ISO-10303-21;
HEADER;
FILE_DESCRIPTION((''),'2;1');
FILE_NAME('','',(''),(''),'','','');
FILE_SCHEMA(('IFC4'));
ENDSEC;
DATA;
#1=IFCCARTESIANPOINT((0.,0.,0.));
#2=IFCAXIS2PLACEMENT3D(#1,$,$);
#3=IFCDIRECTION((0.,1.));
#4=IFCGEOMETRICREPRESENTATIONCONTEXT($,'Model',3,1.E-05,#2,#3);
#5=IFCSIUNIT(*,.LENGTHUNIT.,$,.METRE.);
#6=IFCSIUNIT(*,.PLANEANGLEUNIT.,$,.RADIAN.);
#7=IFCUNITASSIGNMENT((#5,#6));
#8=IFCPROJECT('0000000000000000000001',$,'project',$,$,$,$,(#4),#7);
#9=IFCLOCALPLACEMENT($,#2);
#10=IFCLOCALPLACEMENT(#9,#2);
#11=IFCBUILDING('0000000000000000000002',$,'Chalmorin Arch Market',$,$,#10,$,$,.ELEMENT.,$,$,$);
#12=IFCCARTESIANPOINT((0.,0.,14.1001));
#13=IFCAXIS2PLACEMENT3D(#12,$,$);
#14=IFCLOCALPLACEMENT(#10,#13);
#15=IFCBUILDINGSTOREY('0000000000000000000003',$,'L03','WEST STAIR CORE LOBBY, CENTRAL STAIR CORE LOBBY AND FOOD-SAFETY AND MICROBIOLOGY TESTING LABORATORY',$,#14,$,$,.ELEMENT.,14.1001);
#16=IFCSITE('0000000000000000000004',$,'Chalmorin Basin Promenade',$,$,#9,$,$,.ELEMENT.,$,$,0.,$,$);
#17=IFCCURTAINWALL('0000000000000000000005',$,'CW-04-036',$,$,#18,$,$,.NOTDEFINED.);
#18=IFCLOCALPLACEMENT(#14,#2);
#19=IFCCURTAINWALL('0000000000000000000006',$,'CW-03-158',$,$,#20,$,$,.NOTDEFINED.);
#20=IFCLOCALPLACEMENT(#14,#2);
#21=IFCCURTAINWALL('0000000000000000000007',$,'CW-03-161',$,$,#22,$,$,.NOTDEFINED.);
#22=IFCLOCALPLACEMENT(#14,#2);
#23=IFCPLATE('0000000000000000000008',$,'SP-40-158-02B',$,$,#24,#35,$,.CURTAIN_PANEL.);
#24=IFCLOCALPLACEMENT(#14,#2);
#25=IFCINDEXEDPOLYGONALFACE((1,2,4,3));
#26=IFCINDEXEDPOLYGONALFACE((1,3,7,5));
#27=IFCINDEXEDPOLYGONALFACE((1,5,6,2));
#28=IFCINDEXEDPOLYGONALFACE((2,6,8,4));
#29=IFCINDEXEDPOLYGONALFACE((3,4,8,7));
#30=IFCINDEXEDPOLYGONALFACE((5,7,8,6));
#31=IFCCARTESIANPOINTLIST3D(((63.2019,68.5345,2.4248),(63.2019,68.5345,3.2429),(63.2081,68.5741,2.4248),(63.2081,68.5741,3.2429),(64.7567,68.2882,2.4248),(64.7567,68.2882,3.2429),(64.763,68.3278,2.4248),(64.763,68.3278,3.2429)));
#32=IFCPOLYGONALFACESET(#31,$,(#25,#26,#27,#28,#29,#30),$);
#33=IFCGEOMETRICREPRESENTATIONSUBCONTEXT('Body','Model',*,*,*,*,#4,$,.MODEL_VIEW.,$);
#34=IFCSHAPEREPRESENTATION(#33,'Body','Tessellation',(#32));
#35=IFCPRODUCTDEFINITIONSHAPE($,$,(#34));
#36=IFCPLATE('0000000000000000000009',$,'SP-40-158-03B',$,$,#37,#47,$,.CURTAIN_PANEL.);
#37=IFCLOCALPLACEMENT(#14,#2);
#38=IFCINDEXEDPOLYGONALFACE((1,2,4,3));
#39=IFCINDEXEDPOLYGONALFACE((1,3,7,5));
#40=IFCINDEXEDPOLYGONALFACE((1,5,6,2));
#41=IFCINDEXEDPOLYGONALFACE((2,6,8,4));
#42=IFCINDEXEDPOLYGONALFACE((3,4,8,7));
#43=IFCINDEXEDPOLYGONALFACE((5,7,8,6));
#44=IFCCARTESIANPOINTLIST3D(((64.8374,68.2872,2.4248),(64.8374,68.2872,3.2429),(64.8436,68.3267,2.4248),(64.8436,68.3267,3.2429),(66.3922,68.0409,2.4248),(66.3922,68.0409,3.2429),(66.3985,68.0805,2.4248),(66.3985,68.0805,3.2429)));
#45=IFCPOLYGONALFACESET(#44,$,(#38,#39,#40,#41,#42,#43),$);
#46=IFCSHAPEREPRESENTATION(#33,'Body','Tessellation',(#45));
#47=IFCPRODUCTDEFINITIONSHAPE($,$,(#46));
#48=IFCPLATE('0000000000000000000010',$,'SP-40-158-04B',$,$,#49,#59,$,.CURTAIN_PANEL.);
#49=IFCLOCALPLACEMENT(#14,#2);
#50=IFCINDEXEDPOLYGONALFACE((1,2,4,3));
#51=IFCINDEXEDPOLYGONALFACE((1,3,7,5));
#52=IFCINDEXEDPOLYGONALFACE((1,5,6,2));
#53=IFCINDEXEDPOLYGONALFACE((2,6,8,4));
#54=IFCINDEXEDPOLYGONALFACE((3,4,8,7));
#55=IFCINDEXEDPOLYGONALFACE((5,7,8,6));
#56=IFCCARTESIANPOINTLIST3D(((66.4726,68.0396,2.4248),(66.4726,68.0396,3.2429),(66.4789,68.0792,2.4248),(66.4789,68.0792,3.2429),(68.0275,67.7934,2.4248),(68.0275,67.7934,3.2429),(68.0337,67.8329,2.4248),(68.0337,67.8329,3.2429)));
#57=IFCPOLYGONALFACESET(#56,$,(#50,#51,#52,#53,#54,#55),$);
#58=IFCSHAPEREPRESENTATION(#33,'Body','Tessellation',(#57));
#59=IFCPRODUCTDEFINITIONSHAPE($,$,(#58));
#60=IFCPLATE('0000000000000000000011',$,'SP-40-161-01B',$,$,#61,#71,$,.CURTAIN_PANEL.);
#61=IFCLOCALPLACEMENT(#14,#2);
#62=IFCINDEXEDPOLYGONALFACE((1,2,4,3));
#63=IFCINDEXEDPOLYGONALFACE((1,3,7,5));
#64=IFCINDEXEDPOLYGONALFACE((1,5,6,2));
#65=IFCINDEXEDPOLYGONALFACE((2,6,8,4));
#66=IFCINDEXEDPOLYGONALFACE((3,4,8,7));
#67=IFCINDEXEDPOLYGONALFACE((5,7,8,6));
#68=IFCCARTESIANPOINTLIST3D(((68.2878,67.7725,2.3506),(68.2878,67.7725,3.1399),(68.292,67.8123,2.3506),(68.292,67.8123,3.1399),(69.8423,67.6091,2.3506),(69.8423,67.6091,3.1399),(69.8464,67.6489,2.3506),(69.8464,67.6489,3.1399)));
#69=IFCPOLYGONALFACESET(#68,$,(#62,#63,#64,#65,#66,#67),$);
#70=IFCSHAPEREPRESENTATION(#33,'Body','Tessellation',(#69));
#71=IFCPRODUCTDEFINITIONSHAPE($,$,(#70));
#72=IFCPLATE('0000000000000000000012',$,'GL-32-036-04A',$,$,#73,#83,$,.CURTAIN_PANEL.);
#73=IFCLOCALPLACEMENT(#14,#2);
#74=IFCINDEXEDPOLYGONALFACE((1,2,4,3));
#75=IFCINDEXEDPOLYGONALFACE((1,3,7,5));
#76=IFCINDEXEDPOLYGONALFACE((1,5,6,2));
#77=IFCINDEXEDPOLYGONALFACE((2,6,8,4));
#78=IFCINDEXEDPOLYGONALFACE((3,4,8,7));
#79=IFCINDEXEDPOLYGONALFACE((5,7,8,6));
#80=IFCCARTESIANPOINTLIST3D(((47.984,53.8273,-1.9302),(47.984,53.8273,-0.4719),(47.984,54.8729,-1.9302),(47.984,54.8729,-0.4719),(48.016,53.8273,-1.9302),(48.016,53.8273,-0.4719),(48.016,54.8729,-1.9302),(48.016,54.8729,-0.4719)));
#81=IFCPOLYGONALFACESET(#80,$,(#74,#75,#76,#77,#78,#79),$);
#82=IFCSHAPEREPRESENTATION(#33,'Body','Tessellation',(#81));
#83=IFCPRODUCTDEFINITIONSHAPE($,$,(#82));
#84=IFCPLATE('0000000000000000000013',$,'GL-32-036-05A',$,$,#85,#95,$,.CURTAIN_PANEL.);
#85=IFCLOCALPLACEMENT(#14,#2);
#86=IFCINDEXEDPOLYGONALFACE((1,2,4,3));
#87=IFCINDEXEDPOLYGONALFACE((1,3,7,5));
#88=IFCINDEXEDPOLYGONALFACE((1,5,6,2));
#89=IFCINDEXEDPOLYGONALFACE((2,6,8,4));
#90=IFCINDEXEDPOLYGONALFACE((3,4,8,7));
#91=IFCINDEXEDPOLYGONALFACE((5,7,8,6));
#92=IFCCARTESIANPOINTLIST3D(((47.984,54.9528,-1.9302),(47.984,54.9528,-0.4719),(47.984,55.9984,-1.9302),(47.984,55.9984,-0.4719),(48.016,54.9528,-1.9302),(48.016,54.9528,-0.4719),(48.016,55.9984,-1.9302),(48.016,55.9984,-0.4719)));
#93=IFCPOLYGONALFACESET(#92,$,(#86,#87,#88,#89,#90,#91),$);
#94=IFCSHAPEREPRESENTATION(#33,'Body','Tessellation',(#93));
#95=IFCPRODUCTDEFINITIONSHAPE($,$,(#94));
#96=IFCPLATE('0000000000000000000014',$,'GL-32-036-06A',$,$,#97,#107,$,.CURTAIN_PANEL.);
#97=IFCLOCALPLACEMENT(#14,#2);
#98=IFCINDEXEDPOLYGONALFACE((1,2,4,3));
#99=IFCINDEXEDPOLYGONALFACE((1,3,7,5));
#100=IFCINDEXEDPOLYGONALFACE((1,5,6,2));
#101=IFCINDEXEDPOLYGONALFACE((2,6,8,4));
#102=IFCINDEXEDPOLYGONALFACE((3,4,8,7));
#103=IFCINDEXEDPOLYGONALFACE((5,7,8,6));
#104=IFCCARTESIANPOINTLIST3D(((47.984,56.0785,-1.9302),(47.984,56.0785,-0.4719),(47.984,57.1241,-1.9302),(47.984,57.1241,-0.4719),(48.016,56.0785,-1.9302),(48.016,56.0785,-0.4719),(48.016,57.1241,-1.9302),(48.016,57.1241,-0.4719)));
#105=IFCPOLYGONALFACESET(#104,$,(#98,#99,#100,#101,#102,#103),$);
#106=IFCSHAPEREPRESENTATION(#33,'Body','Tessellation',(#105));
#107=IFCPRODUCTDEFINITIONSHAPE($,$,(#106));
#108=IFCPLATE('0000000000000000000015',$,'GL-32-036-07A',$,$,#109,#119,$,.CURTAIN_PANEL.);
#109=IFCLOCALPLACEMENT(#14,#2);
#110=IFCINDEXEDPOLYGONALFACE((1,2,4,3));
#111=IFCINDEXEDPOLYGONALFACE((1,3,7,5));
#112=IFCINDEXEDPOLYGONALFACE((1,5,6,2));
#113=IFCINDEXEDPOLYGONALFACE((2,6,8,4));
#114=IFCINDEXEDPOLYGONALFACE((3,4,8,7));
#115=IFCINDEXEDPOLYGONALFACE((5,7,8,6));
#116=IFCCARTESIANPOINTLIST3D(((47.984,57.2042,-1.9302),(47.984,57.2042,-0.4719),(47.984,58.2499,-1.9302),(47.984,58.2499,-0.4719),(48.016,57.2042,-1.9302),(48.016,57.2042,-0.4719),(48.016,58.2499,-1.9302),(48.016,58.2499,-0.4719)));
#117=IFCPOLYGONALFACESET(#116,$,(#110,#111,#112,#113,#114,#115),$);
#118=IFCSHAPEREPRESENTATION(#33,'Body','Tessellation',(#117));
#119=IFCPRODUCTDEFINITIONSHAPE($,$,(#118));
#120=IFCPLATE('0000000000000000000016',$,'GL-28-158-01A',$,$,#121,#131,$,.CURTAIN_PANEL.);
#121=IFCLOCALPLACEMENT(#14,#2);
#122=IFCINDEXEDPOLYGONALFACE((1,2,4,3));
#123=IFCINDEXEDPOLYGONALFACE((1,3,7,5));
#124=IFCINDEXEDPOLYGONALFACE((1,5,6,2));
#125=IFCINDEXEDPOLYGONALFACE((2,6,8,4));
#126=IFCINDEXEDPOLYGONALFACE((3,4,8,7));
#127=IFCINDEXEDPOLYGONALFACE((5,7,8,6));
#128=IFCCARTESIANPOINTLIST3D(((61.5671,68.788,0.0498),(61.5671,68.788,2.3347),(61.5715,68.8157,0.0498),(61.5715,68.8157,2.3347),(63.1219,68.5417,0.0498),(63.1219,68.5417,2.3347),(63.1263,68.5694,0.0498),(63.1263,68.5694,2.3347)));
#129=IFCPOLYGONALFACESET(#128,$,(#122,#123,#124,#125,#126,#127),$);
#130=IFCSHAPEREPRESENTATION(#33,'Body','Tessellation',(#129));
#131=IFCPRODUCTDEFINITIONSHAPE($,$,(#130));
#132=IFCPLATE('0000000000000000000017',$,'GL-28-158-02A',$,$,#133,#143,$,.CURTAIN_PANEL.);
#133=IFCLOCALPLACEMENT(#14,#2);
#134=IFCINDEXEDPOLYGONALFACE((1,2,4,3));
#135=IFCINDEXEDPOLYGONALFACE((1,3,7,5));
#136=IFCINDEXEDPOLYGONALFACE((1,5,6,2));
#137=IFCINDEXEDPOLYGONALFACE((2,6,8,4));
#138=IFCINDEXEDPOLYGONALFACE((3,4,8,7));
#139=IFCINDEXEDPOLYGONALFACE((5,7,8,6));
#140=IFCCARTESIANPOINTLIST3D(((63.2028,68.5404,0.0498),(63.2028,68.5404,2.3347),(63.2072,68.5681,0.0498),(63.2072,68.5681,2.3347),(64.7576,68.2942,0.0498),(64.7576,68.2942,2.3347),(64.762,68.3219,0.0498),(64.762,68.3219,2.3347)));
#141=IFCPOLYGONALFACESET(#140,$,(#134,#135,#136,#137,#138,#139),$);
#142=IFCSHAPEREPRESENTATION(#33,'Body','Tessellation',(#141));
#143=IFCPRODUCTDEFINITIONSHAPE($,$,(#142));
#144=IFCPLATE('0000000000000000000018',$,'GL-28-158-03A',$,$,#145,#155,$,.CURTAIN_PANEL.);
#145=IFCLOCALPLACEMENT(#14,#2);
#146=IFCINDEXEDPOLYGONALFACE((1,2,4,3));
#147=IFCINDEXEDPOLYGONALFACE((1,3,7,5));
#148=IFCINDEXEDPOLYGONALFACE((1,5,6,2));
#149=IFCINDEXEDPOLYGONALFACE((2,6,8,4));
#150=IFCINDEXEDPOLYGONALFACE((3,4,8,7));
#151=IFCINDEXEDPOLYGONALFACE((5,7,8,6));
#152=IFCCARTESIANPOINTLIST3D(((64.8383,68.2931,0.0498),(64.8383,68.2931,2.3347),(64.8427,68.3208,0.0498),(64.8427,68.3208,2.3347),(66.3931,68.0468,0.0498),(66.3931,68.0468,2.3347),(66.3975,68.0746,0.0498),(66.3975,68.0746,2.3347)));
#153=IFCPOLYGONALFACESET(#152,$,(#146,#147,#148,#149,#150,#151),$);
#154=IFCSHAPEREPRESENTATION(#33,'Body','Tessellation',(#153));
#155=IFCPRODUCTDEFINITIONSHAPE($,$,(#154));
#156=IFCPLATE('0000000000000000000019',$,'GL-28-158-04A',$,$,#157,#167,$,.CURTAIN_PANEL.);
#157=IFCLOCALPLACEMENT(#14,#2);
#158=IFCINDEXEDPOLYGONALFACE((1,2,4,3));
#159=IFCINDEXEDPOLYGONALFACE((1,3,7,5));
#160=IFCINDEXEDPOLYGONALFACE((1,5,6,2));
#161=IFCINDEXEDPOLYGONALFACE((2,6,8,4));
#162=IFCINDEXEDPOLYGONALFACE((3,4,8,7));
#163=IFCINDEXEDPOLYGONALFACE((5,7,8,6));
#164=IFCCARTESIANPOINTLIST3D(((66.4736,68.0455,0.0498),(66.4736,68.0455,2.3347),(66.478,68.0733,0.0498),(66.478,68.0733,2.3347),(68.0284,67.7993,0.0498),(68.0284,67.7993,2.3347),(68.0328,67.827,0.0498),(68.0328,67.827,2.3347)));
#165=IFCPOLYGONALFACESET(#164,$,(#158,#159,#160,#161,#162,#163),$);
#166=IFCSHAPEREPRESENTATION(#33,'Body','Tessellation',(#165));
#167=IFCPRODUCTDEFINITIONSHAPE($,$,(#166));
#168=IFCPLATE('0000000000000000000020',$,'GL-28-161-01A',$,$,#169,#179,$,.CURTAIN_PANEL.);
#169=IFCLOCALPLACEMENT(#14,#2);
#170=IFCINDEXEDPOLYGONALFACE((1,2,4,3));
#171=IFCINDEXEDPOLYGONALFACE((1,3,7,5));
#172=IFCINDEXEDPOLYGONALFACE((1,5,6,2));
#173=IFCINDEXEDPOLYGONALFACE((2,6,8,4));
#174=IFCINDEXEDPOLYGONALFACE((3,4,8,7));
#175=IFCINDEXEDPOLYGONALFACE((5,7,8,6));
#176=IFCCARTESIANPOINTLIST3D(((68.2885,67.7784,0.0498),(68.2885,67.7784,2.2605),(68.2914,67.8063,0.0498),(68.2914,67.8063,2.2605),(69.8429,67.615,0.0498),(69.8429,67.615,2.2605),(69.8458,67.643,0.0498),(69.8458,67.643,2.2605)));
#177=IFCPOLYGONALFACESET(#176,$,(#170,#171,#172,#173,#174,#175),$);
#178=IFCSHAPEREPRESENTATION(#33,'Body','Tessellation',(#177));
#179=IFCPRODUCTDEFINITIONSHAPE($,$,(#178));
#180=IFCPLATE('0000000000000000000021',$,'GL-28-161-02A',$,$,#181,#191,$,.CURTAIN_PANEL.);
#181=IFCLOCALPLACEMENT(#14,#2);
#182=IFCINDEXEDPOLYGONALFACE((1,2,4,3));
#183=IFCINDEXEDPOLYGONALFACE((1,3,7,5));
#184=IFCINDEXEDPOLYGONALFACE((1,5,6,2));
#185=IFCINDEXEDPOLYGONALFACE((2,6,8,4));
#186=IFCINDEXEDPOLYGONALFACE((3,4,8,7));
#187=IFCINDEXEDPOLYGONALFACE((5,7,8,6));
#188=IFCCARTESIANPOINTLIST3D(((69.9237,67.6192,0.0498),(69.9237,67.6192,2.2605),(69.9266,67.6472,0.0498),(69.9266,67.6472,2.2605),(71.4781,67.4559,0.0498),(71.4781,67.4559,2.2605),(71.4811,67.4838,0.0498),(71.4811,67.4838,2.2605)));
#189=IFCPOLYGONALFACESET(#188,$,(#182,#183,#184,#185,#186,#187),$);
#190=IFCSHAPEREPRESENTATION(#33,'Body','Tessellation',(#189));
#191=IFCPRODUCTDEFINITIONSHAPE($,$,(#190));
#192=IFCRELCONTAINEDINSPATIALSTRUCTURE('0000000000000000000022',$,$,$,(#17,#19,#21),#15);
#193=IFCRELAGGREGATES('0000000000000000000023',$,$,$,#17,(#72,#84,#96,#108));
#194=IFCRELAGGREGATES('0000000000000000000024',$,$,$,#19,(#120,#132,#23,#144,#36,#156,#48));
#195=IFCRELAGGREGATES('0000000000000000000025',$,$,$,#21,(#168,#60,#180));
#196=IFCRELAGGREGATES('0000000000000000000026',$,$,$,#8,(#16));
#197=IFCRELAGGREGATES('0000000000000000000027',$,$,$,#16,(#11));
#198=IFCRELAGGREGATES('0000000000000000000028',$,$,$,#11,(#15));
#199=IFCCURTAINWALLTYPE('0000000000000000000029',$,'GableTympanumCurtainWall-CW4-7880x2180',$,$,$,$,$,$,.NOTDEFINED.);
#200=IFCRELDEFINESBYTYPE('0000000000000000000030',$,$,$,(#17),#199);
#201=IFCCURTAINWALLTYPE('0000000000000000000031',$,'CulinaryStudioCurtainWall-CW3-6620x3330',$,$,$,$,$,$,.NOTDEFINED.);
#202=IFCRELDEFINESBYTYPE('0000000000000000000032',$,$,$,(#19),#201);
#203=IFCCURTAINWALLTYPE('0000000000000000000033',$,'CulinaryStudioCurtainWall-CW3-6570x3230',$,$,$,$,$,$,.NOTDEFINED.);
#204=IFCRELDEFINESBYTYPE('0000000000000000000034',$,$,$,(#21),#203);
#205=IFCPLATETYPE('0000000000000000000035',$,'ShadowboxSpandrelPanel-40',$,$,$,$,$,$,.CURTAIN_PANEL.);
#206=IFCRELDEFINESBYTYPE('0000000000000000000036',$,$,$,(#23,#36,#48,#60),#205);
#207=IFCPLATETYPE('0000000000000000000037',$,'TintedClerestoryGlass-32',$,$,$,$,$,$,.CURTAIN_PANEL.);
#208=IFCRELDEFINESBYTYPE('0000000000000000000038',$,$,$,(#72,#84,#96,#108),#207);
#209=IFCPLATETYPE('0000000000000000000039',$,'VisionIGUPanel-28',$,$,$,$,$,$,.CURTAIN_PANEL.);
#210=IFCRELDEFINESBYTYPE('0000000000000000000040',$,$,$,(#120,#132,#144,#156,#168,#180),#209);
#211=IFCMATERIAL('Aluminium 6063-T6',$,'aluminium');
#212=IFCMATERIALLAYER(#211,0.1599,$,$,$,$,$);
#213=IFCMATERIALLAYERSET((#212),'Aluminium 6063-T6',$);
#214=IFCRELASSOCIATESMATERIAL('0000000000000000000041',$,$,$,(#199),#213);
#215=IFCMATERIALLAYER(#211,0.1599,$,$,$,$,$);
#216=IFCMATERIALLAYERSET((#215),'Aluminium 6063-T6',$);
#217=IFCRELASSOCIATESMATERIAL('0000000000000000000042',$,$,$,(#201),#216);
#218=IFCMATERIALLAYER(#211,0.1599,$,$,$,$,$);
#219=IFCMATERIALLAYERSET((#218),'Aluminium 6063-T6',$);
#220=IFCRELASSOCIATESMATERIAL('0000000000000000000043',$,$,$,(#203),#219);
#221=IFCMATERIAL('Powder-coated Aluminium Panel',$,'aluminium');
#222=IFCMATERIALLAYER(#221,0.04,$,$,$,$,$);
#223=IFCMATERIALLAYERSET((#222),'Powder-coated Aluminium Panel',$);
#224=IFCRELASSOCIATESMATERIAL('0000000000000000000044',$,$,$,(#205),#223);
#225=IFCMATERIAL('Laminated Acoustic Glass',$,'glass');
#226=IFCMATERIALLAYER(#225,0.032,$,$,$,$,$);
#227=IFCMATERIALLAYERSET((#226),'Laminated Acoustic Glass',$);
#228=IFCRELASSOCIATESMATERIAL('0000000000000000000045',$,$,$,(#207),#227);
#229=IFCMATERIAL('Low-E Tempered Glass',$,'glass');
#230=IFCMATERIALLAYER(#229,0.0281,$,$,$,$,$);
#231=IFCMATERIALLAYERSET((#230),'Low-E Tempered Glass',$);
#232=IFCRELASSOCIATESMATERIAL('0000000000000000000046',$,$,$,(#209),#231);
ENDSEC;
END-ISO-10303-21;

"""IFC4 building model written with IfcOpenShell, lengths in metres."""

from ifc_helpers import new_model, si_unit, direction, frame, origin, origin_2d, place, context, subcontext, project, spatial, rectangle, extrude, material, layer, layer_set, type_object, element, aggregate, save


model = new_model("IFC4")

# Units and contexts
model_context = context("Model", 3, precision=1e-05, world=origin(), true_north=direction((0.0, 1.0)))
body_context = subcontext(model_context, "Body", "Model", "MODEL_VIEW")
ifc_project = project(units=[si_unit("LENGTHUNIT", "METRE"), si_unit("PLANEANGLEUNIT", "RADIAN")], contexts=[model_context])

# Site, building, storey
site_placement = place(None, origin())
site = spatial("IfcSite", under=ifc_project, at=site_placement, Name="Chalmorin Basin Promenade", CompositionType="ELEMENT", RefElevation=0.0)
building_placement = place(site_placement, origin())
building = spatial("IfcBuilding", under=site, at=building_placement, Name="Chalmorin Arch Market", CompositionType="ELEMENT")
storey_placement = place(building_placement, frame((0.0, 0.0, 14.1001)))
storey = spatial("IfcBuildingStorey", under=building, at=storey_placement, Name="L03", Description="WEST STAIR CORE LOBBY, CENTRAL STAIR CORE LOBBY AND FOOD-SAFETY AND MICROBIOLOGY TESTING LABORATORY", CompositionType="ELEMENT", Elevation=14.1001)

# Curtain walls
ifc_material_1 = material(Name="Aluminium 6063-T6", Category="aluminium")
ifc_layer_1 = layer(ifc_material_1, 0.1599)
ifc_layer_set_1 = layer_set([ifc_layer_1], Name="Aluminium 6063-T6")
curtain_wall_type_1 = type_object("IfcCurtainWallType", Name="GableTympanumCurtainWall-CW4-7880x2180", PredefinedType="NOTDEFINED", material=ifc_layer_set_1)
curtain_wall_1_placement = place(storey_placement, origin())
curtain_wall_1 = element("IfcCurtainWall", 1, at=curtain_wall_1_placement, inside=storey, type_object=curtain_wall_type_1, Name="CW-04-036", PredefinedType="NOTDEFINED")
ifc_layer_2 = layer(ifc_material_1, 0.1599)
ifc_layer_set_2 = layer_set([ifc_layer_2], Name="Aluminium 6063-T6")
curtain_wall_type_2 = type_object("IfcCurtainWallType", Name="CulinaryStudioCurtainWall-CW3-6620x3330", PredefinedType="NOTDEFINED", material=ifc_layer_set_2)
curtain_wall_2_placement = place(storey_placement, origin())
curtain_wall_2 = element("IfcCurtainWall", 2, at=curtain_wall_2_placement, inside=storey, type_object=curtain_wall_type_2, Name="CW-03-158", PredefinedType="NOTDEFINED")
ifc_layer_3 = layer(ifc_material_1, 0.1599)
ifc_layer_set_3 = layer_set([ifc_layer_3], Name="Aluminium 6063-T6")
curtain_wall_type_3 = type_object("IfcCurtainWallType", Name="CulinaryStudioCurtainWall-CW3-6570x3230", PredefinedType="NOTDEFINED", material=ifc_layer_set_3)
curtain_wall_3_placement = place(storey_placement, origin())
curtain_wall_3 = element("IfcCurtainWall", 3, at=curtain_wall_3_placement, inside=storey, type_object=curtain_wall_type_3, Name="CW-03-161", PredefinedType="NOTDEFINED")

# Plates
ifc_material_2 = material(Name="Powder-coated Aluminium Panel", Category="aluminium")
ifc_layer_4 = layer(ifc_material_2, 0.04)
ifc_layer_set_4 = layer_set([ifc_layer_4], Name="Powder-coated Aluminium Panel")
plate_type_1 = type_object("IfcPlateType", Name="ShadowboxSpandrelPanel-40", PredefinedType="CURTAIN_PANEL", material=ifc_layer_set_4)
plate_1_placement = place(storey_placement, frame((63.9824, 68.4312, 2.4248), z_axis=(0.0, 0.0, 1.0), x_axis=(0.987688, -0.156434, 0.0)))
plate_1 = element("IfcPlate", 4, at=plate_1_placement, type_object=plate_type_1, Name="SP-40-158-02B", PredefinedType="CURTAIN_PANEL", context=body_context, shape_type="SweptSolid", body=[
    extrude(rectangle(XDim=1.5742, YDim=0.04, at=origin_2d()), origin(), (0.0, 0.0, 1.0), 0.8181),
])
plate_2_placement = place(storey_placement, frame((65.6179, 68.1838, 2.4248), z_axis=(0.0, 0.0, 1.0), x_axis=(0.987688, -0.156434, 0.0)))
plate_2 = element("IfcPlate", 5, at=plate_2_placement, type_object=plate_type_1, Name="SP-40-158-03B", PredefinedType="CURTAIN_PANEL", context=body_context, shape_type="SweptSolid", body=[
    extrude(rectangle(XDim=1.5742, YDim=0.04, at=origin_2d()), origin(), (0.0, 0.0, 1.0), 0.8181),
])
plate_3_placement = place(storey_placement, frame((67.2532, 67.9363, 2.4248), z_axis=(0.0, 0.0, 1.0), x_axis=(0.987688, -0.156434, 0.0)))
plate_3 = element("IfcPlate", 6, at=plate_3_placement, type_object=plate_type_1, Name="SP-40-158-04B", PredefinedType="CURTAIN_PANEL", context=body_context, shape_type="SweptSolid", body=[
    extrude(rectangle(XDim=1.5742, YDim=0.04, at=origin_2d()), origin(), (0.0, 0.0, 1.0), 0.8181),
])
plate_4_placement = place(storey_placement, frame((69.0671, 67.7107, 2.3506), z_axis=(0.0, 0.0, 1.0), x_axis=(0.994522, -0.104528, 0.0)))
plate_4 = element("IfcPlate", 7, at=plate_4_placement, type_object=plate_type_1, Name="SP-40-161-01B", PredefinedType="CURTAIN_PANEL", context=body_context, shape_type="SweptSolid", body=[
    extrude(rectangle(XDim=1.563, YDim=0.04, at=origin_2d()), origin(), (0.0, 0.0, 1.0), 0.7893),
])
ifc_material_3 = material(Name="Laminated Acoustic Glass", Category="glass")
ifc_layer_5 = layer(ifc_material_3, 0.032)
ifc_layer_set_5 = layer_set([ifc_layer_5], Name="Laminated Acoustic Glass")
plate_type_2 = type_object("IfcPlateType", Name="TintedClerestoryGlass-32", PredefinedType="CURTAIN_PANEL", material=ifc_layer_set_5)
plate_5_placement = place(storey_placement, frame((48.0, 54.3501, -1.9302), z_axis=(0.0, 0.0, 1.0), x_axis=(0.0, 1.0, 0.0)))
plate_5 = element("IfcPlate", 8, at=plate_5_placement, type_object=plate_type_2, Name="GL-32-036-04A", PredefinedType="CURTAIN_PANEL", context=body_context, shape_type="SweptSolid", body=[
    extrude(rectangle(XDim=1.0457, YDim=0.032, at=origin_2d()), origin(), (0.0, 0.0, 1.0), 1.4583),
])
plate_6_placement = place(storey_placement, frame((48.0, 55.4756, -1.9302), z_axis=(0.0, 0.0, 1.0), x_axis=(0.0, 1.0, 0.0)))
plate_6 = element("IfcPlate", 9, at=plate_6_placement, type_object=plate_type_2, Name="GL-32-036-05A", PredefinedType="CURTAIN_PANEL", context=body_context, shape_type="SweptSolid", body=[
    extrude(rectangle(XDim=1.0457, YDim=0.032, at=origin_2d()), origin(), (0.0, 0.0, 1.0), 1.4583),
])
plate_7_placement = place(storey_placement, frame((48.0, 56.6013, -1.9302), z_axis=(0.0, 0.0, 1.0), x_axis=(0.0, 1.0, 0.0)))
plate_7 = element("IfcPlate", 10, at=plate_7_placement, type_object=plate_type_2, Name="GL-32-036-06A", PredefinedType="CURTAIN_PANEL", context=body_context, shape_type="SweptSolid", body=[
    extrude(rectangle(XDim=1.0457, YDim=0.032, at=origin_2d()), origin(), (0.0, 0.0, 1.0), 1.4583),
])
plate_8_placement = place(storey_placement, frame((48.0, 57.7271, -1.9302), z_axis=(0.0, 0.0, 1.0), x_axis=(0.0, 1.0, 0.0)))
plate_8 = element("IfcPlate", 11, at=plate_8_placement, type_object=plate_type_2, Name="GL-32-036-07A", PredefinedType="CURTAIN_PANEL", context=body_context, shape_type="SweptSolid", body=[
    extrude(rectangle(XDim=1.0457, YDim=0.032, at=origin_2d()), origin(), (0.0, 0.0, 1.0), 1.4583),
])
aggregate(curtain_wall_1, [plate_5, plate_6, plate_7, plate_8])
ifc_material_4 = material(Name="Low-E Tempered Glass", Category="glass")
ifc_layer_6 = layer(ifc_material_4, 0.0281)
ifc_layer_set_6 = layer_set([ifc_layer_6], Name="Low-E Tempered Glass")
plate_type_3 = type_object("IfcPlateType", Name="VisionIGUPanel-28", PredefinedType="CURTAIN_PANEL", material=ifc_layer_set_6)
plate_9_placement = place(storey_placement, frame((62.3467, 68.6787, 0.0498), z_axis=(0.0, 0.0, 1.0), x_axis=(0.987688, -0.156434, 0.0)))
plate_9 = element("IfcPlate", 12, at=plate_9_placement, type_object=plate_type_3, Name="GL-28-158-01A", PredefinedType="CURTAIN_PANEL", context=body_context, shape_type="SweptSolid", body=[
    extrude(rectangle(XDim=1.5742, YDim=0.0281, at=origin_2d()), origin(), (0.0, 0.0, 1.0), 2.2849),
])
plate_10_placement = place(storey_placement, frame((63.9824, 68.4312, 0.0498), z_axis=(0.0, 0.0, 1.0), x_axis=(0.987688, -0.156434, 0.0)))
plate_10 = element("IfcPlate", 13, at=plate_10_placement, type_object=plate_type_3, Name="GL-28-158-02A", PredefinedType="CURTAIN_PANEL", context=body_context, shape_type="SweptSolid", body=[
    extrude(rectangle(XDim=1.5742, YDim=0.0281, at=origin_2d()), origin(), (0.0, 0.0, 1.0), 2.2849),
])
plate_11_placement = place(storey_placement, frame((65.6179, 68.1838, 0.0498), z_axis=(0.0, 0.0, 1.0), x_axis=(0.987688, -0.156434, 0.0)))
plate_11 = element("IfcPlate", 14, at=plate_11_placement, type_object=plate_type_3, Name="GL-28-158-03A", PredefinedType="CURTAIN_PANEL", context=body_context, shape_type="SweptSolid", body=[
    extrude(rectangle(XDim=1.5742, YDim=0.0281, at=origin_2d()), origin(), (0.0, 0.0, 1.0), 2.2849),
])
plate_12_placement = place(storey_placement, frame((67.2532, 67.9363, 0.0498), z_axis=(0.0, 0.0, 1.0), x_axis=(0.987688, -0.156434, 0.0)))
plate_12 = element("IfcPlate", 15, at=plate_12_placement, type_object=plate_type_3, Name="GL-28-158-04A", PredefinedType="CURTAIN_PANEL", context=body_context, shape_type="SweptSolid", body=[
    extrude(rectangle(XDim=1.5742, YDim=0.0281, at=origin_2d()), origin(), (0.0, 0.0, 1.0), 2.2849),
])
aggregate(curtain_wall_2, [plate_9, plate_10, plate_1, plate_11, plate_2, plate_12, plate_3])
plate_13_placement = place(storey_placement, frame((69.0671, 67.7107, 0.0498), z_axis=(0.0, 0.0, 1.0), x_axis=(0.994522, -0.104528, 0.0)))
plate_13 = element("IfcPlate", 16, at=plate_13_placement, type_object=plate_type_3, Name="GL-28-161-01A", PredefinedType="CURTAIN_PANEL", context=body_context, shape_type="SweptSolid", body=[
    extrude(rectangle(XDim=1.563, YDim=0.0281, at=origin_2d()), origin(), (0.0, 0.0, 1.0), 2.2107),
])
plate_14_placement = place(storey_placement, frame((70.7024, 67.5515, 0.0498), z_axis=(0.0, 0.0, 1.0), x_axis=(0.994522, -0.104528, 0.0)))
plate_14 = element("IfcPlate", 17, at=plate_14_placement, type_object=plate_type_3, Name="GL-28-161-02A", PredefinedType="CURTAIN_PANEL", context=body_context, shape_type="SweptSolid", body=[
    extrude(rectangle(XDim=1.563, YDim=0.0281, at=origin_2d()), origin(), (0.0, 0.0, 1.0), 2.2107),
])
aggregate(curtain_wall_3, [plate_13, plate_4, plate_14])

save(model, "model.ifc")
